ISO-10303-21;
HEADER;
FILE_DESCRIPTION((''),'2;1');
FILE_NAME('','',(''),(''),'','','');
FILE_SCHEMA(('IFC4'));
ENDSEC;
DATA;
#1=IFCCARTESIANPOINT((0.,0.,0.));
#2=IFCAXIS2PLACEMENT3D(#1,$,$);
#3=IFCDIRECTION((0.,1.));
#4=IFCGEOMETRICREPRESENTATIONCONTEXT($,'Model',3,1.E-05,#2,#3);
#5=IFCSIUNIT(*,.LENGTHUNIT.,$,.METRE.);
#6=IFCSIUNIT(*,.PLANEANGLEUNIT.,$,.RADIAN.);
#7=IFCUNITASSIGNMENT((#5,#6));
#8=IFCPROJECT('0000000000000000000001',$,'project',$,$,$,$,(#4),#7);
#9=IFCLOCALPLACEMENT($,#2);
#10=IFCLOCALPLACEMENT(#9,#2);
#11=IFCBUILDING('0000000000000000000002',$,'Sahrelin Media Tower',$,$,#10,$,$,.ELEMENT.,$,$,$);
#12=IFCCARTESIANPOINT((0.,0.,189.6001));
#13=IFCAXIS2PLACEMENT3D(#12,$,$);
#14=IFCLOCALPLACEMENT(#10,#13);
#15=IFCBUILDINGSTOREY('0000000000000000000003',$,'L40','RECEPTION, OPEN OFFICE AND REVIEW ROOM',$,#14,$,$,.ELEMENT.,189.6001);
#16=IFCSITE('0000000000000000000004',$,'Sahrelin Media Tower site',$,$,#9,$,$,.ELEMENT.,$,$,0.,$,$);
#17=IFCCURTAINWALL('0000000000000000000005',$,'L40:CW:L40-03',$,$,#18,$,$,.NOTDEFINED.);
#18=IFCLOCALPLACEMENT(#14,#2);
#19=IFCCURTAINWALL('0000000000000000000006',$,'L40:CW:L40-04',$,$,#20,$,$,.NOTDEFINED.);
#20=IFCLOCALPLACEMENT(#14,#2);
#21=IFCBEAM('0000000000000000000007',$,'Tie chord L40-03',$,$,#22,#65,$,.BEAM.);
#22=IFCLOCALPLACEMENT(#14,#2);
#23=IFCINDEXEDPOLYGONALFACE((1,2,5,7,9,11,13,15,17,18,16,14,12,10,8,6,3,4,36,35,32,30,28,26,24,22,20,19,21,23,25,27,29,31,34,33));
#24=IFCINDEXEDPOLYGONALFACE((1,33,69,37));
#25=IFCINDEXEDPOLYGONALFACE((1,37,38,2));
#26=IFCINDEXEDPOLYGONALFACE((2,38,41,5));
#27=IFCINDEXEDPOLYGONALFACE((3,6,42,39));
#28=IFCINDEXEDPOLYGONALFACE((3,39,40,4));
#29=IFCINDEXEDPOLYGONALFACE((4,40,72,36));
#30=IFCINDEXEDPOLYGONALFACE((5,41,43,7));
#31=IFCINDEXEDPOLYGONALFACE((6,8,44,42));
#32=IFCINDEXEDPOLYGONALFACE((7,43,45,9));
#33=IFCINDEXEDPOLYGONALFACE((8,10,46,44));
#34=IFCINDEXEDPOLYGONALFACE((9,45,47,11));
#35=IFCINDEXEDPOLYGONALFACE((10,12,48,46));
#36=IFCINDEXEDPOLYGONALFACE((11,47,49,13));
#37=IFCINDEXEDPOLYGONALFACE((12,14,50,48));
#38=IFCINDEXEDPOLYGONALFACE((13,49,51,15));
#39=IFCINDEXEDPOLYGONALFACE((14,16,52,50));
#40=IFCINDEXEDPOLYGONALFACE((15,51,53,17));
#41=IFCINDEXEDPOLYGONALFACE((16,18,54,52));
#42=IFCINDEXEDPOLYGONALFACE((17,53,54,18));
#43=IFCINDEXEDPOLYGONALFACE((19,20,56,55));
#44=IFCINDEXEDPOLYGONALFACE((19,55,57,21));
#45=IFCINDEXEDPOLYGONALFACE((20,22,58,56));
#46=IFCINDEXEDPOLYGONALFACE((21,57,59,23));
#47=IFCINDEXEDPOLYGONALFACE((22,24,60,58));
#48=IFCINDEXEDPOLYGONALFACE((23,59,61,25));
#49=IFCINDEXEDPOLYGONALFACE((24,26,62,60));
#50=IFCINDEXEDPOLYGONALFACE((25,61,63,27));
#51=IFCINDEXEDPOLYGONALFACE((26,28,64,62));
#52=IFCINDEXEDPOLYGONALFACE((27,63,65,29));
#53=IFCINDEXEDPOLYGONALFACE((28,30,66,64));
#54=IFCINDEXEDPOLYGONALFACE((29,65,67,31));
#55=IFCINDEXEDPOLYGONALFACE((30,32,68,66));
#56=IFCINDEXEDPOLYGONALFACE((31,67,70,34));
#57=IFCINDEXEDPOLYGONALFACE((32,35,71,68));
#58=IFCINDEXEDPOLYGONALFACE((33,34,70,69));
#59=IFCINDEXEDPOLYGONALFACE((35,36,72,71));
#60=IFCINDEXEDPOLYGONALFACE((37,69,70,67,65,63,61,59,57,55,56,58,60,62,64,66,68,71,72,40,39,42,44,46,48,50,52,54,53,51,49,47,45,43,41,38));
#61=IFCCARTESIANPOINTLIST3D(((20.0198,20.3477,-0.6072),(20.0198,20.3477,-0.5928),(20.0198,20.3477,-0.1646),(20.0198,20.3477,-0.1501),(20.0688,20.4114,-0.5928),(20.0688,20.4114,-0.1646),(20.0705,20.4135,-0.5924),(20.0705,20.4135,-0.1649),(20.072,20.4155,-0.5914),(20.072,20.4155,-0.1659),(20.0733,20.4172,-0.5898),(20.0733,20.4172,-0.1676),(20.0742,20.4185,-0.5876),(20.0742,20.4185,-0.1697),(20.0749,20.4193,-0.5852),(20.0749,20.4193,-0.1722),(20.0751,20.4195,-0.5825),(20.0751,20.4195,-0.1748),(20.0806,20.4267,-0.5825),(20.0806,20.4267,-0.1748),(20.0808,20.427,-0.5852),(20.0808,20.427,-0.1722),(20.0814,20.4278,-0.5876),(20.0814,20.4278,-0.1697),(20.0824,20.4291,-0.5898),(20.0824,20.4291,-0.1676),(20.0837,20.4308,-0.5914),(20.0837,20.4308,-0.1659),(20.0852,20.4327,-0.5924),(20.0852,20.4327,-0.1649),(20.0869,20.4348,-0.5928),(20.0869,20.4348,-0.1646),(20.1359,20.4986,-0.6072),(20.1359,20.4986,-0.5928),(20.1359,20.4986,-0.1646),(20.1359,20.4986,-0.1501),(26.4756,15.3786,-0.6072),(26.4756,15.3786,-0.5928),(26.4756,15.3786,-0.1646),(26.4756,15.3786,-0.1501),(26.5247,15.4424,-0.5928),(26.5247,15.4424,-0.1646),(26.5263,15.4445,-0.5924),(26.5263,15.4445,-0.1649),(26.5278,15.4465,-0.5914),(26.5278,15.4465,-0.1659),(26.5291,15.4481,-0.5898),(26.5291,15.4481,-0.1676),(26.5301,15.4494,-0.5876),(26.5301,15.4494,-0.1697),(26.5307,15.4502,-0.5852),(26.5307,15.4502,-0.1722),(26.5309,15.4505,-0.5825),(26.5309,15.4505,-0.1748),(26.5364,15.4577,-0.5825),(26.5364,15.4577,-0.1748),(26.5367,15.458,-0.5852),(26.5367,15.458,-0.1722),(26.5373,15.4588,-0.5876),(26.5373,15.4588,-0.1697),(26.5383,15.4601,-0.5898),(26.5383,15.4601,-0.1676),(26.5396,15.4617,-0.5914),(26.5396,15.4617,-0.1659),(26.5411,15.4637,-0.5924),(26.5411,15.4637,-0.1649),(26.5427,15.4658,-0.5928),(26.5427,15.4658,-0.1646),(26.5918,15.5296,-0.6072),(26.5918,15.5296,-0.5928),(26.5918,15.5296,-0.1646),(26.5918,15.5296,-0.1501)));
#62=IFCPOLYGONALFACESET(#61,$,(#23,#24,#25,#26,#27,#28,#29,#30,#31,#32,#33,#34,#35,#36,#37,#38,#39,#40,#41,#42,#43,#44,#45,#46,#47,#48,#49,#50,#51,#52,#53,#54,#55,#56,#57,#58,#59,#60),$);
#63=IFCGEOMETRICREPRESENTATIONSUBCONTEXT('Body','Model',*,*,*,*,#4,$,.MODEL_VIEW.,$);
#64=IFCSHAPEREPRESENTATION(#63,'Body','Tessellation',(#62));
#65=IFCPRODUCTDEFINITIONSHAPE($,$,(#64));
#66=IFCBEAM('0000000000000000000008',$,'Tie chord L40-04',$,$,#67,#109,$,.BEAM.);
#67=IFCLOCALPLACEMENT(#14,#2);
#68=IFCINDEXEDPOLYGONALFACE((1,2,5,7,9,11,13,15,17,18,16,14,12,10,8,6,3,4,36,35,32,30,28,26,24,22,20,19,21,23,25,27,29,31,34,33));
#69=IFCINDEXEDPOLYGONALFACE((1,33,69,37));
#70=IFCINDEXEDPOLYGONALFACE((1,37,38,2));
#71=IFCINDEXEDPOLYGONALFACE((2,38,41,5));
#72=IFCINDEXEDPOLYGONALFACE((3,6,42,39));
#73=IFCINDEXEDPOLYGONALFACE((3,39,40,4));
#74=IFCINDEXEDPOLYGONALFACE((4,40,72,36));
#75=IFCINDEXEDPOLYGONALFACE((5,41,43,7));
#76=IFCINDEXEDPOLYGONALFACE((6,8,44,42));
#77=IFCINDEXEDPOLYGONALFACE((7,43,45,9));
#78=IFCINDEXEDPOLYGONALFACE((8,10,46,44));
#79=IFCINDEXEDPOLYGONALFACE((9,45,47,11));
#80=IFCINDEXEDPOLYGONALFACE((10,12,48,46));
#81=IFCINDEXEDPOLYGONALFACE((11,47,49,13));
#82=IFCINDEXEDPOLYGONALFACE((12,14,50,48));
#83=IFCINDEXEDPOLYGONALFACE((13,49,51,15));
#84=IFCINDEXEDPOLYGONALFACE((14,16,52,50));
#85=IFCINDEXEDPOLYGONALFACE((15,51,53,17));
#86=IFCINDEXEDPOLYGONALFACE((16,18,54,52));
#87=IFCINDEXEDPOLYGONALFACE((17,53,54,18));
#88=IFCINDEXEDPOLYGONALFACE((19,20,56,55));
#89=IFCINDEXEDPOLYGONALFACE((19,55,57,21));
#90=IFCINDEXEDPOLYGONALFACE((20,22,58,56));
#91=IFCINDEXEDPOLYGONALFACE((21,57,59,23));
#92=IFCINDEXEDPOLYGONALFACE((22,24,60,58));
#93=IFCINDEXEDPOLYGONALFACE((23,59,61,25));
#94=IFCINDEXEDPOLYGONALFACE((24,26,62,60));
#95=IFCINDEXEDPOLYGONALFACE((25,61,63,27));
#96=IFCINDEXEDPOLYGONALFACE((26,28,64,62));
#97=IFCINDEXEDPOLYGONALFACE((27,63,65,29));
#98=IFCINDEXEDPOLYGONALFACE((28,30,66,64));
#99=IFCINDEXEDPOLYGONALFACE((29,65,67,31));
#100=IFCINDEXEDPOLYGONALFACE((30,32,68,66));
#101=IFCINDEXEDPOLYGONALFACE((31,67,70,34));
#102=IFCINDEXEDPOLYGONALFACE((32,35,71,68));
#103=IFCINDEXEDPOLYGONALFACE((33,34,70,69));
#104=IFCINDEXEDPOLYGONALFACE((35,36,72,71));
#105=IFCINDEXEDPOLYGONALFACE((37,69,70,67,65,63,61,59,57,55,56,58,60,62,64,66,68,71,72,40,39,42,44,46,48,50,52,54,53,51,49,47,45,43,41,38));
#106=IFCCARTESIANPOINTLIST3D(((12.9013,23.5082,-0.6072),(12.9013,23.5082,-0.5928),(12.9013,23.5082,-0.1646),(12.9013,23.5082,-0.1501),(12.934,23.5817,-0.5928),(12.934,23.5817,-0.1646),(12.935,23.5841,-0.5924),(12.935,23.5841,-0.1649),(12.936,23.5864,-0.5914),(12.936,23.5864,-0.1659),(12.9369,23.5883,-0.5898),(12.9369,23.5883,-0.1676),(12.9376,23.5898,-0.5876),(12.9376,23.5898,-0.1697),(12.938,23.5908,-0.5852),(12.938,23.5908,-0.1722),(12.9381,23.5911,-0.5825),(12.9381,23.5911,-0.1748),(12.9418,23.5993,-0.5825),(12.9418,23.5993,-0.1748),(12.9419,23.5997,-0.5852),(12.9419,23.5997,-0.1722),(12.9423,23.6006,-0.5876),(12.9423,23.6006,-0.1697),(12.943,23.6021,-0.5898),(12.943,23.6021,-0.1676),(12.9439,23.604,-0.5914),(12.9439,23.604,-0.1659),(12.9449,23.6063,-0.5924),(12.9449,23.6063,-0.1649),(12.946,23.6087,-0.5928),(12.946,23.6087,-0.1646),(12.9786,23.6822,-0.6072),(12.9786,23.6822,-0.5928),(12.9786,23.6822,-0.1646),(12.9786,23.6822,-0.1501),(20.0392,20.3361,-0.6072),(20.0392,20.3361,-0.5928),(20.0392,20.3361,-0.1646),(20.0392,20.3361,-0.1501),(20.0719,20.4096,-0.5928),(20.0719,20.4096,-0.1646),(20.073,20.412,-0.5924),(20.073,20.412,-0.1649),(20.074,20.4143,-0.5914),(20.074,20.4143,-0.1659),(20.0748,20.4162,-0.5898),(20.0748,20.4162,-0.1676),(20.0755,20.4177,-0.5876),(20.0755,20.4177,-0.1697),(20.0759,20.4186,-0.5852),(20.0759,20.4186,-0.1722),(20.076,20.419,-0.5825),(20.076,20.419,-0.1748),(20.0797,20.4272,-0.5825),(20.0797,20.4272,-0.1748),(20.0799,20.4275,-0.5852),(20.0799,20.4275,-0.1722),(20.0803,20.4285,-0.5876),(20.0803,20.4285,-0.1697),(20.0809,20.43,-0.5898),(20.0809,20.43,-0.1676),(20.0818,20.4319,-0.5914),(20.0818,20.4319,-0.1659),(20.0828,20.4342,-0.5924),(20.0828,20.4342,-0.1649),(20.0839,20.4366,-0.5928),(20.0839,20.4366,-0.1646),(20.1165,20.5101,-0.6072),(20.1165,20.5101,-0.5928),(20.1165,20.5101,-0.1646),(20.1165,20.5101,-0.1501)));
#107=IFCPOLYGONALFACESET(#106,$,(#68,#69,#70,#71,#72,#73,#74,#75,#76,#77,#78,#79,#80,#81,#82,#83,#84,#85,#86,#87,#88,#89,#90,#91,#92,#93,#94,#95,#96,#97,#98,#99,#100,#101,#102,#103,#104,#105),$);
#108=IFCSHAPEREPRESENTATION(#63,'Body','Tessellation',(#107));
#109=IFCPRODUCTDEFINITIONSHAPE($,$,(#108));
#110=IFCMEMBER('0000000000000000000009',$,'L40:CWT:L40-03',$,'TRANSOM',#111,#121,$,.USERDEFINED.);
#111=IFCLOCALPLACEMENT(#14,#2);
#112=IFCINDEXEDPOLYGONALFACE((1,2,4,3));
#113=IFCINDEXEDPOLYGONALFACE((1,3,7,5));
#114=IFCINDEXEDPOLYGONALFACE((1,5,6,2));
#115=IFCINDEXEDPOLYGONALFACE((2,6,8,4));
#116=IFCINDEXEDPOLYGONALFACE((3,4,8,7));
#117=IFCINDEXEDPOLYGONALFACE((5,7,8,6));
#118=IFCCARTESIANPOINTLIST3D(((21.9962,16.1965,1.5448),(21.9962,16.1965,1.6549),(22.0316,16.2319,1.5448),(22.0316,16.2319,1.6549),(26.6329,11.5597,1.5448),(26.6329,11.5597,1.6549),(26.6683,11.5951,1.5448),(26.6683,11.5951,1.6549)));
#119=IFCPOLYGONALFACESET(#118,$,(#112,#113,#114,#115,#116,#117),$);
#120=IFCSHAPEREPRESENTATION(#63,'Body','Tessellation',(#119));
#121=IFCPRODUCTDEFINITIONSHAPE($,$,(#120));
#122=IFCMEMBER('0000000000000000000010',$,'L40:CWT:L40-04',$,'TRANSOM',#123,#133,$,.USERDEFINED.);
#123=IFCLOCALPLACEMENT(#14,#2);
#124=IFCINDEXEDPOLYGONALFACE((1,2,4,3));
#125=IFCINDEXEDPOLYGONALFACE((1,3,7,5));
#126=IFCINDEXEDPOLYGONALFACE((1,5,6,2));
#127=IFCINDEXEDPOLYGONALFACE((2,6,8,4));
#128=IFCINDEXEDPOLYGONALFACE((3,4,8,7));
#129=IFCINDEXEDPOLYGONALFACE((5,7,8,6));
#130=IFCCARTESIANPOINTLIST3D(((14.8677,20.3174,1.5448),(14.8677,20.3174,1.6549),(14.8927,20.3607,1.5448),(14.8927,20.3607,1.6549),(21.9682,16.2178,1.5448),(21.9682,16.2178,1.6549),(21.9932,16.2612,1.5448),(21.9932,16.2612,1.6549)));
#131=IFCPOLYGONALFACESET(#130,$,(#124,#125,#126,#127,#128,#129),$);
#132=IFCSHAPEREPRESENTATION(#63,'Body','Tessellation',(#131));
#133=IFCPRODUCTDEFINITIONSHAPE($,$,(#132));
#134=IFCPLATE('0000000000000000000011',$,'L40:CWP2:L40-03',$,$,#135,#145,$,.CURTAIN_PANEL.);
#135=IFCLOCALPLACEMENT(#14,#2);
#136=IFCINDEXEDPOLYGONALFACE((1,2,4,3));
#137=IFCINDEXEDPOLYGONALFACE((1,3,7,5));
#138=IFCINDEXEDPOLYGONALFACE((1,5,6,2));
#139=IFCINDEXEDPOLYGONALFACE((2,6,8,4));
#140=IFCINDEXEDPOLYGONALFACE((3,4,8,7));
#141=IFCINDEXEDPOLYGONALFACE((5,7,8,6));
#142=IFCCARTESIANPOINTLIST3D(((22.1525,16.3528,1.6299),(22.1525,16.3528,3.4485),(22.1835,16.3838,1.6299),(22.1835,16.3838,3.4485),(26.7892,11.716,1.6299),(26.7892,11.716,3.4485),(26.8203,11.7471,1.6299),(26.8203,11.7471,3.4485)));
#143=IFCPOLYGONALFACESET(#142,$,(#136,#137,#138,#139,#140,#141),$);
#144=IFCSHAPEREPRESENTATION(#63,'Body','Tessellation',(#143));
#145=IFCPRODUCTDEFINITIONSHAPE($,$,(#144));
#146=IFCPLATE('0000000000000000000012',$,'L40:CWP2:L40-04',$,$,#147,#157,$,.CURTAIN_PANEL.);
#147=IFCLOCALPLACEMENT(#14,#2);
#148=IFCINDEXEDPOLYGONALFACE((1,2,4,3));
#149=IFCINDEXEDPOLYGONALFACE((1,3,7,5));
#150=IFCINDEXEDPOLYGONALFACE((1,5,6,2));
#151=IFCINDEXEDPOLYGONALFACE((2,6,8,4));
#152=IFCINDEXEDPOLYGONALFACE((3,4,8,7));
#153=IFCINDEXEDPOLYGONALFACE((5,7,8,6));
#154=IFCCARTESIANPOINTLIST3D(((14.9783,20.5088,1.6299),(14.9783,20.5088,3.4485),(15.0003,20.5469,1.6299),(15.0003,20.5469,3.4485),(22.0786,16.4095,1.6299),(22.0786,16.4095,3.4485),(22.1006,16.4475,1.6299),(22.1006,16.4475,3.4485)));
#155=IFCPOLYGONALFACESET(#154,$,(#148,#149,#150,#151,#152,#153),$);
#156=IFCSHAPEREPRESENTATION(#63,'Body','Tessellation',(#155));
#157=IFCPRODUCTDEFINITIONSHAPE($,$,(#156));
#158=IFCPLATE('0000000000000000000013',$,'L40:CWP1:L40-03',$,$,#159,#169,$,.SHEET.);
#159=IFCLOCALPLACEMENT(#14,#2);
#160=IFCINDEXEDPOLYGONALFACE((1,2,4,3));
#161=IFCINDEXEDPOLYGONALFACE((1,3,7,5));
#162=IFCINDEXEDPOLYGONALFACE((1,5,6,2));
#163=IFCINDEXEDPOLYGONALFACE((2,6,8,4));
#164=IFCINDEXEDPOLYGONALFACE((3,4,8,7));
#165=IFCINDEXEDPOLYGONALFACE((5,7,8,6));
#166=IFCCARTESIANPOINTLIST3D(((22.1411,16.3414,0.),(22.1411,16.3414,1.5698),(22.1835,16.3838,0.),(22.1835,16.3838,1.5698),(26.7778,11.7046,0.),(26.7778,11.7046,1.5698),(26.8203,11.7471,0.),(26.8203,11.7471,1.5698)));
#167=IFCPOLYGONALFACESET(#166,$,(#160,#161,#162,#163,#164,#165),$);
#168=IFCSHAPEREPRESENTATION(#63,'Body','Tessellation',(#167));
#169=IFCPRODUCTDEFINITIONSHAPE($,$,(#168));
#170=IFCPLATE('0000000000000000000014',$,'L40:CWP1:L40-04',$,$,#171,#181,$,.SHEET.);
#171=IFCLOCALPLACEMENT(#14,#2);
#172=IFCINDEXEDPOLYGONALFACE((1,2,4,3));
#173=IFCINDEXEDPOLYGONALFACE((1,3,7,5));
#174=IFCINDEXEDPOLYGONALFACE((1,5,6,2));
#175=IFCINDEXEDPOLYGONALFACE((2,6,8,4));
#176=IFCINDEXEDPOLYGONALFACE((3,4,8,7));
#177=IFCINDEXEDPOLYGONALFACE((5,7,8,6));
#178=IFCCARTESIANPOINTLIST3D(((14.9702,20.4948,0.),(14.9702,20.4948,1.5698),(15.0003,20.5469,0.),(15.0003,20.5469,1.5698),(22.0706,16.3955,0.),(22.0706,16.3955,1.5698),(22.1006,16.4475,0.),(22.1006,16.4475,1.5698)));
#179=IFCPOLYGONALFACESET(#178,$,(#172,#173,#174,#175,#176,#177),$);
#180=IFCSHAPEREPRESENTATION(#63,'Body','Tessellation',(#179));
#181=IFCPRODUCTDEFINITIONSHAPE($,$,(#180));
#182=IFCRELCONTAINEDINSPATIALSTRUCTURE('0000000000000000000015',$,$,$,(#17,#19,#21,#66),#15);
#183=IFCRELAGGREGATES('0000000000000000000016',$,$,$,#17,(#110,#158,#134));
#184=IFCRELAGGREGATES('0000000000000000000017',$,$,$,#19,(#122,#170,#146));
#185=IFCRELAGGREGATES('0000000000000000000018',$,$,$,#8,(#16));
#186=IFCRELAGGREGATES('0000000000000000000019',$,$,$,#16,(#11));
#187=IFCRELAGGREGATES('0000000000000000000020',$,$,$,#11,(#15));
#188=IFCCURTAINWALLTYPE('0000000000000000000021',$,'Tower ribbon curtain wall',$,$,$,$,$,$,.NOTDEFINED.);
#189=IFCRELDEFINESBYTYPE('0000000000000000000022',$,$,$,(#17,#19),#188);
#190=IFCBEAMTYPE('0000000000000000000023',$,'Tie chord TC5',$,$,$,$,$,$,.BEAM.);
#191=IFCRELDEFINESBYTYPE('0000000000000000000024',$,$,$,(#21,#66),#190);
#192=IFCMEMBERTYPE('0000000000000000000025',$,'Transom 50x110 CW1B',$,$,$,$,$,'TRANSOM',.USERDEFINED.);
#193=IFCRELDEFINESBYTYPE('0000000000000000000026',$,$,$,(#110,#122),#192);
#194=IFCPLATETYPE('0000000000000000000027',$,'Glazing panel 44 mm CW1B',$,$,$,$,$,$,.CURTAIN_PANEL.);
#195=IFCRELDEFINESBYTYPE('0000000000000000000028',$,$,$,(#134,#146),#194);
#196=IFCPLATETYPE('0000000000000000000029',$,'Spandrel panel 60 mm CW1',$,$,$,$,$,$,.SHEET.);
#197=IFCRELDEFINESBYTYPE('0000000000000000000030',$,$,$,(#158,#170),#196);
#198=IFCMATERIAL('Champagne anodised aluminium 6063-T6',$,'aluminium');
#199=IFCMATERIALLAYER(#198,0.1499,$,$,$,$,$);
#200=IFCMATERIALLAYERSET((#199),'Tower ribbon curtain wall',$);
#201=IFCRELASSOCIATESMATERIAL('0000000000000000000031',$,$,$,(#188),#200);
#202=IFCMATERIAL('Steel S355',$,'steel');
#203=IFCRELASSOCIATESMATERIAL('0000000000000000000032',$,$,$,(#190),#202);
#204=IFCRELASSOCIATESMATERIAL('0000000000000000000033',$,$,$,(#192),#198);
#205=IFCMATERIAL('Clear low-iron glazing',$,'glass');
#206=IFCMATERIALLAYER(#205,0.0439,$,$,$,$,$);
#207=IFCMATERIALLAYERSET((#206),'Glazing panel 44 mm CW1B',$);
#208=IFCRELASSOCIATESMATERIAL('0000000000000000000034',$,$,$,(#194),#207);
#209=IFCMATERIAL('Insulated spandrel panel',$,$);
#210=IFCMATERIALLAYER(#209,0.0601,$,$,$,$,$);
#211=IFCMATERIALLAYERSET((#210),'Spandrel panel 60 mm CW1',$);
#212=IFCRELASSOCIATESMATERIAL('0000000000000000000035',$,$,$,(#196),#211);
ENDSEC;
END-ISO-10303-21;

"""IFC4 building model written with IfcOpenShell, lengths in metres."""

from ifc_helpers import new_model, si_unit, direction, frame, origin, origin_2d, place, context, subcontext, project, spatial, polyline, rectangle, i_section, outline, extrude, material, layer, layer_set, material_profile, profile_set, type_object, element, aggregate, save


model = new_model("IFC4")

# Units and contexts
model_context = context("Model", 3, precision=1e-05, world=origin(), true_north=direction((0.0, 1.0)))
body_context = subcontext(model_context, "Body", "Model", "MODEL_VIEW")
ifc_project = project(units=[si_unit("LENGTHUNIT", "METRE"), si_unit("PLANEANGLEUNIT", "RADIAN")], contexts=[model_context])

# Site, building, storey
site_placement = place(None, origin())
site = spatial("IfcSite", under=ifc_project, at=site_placement, Name="Sahrelin Media Tower site", CompositionType="ELEMENT", RefElevation=0.0)
building_placement = place(site_placement, origin())
building = spatial("IfcBuilding", under=site, at=building_placement, Name="Sahrelin Media Tower", CompositionType="ELEMENT")
storey_placement = place(building_placement, frame((0.0, 0.0, 189.6001)))
storey = spatial("IfcBuildingStorey", under=building, at=storey_placement, Name="L40", Description="RECEPTION, OPEN OFFICE AND REVIEW ROOM", CompositionType="ELEMENT", Elevation=189.6001)

# Shared definitions
ifc_material_1 = material(Name="Steel S355", Category="steel")

# Curtain walls
ifc_material_2 = material(Name="Champagne anodised aluminium 6063-T6", Category="aluminium")
ifc_layer_1 = layer(ifc_material_2, 0.1499)
ifc_layer_set_1 = layer_set([ifc_layer_1], Name="Tower ribbon curtain wall")
curtain_wall_type = type_object("IfcCurtainWallType", Name="Tower ribbon curtain wall", PredefinedType="NOTDEFINED", material=ifc_layer_set_1)
curtain_wall_1_placement = place(storey_placement, frame((24.4878, 14.0513, 0.0), z_axis=(0.0, 0.0, 1.0), x_axis=(1.0, 0.0, 0.0)))
curtain_wall_1 = element("IfcCurtainWall", 1, at=curtain_wall_1_placement, inside=storey, type_object=curtain_wall_type, Name="L40:CW:L40-03", PredefinedType="NOTDEFINED")
curtain_wall_2_placement = place(storey_placement, frame((18.5403, 18.4797, 0.0), z_axis=(0.0, 0.0, 1.0), x_axis=(1.0, 0.0, 0.0)))
curtain_wall_2 = element("IfcCurtainWall", 2, at=curtain_wall_2_placement, inside=storey, type_object=curtain_wall_type, Name="L40:CW:L40-04", PredefinedType="NOTDEFINED")

# Beams
ifc_material_profile_1 = material_profile(ifc_material_1, i_section(OverallWidth=0.1904, OverallDepth=0.457, WebThickness=0.009, FlangeThickness=0.0144, FilletRadius=0.0103, at=origin_2d()), Name="UB 457x191x74")
ifc_profile_set_1 = profile_set([ifc_material_profile_1], Name="Steel S355")
beam_type_1 = type_object("IfcBeamType", Name="Tie chord TC5", PredefinedType="BEAM", material=ifc_profile_set_1)
beam_1_placement = place(storey_placement, frame((26.5337, 15.4541, -0.3787), z_axis=(-0.792447, 0.609941, 0.0), x_axis=(-0.609941, -0.792447, 0.0)))
element("IfcBeam", 3, at=beam_1_placement, inside=storey, type_object=beam_type_1, Name="Tie chord L40-03", PredefinedType="BEAM", context=body_context, shape_type="SweptSolid", body=[
    extrude(i_section(OverallWidth=0.1904, OverallDepth=0.457, WebThickness=0.009, FlangeThickness=0.0144, FilletRadius=0.0103, at=origin_2d()), origin(), (0.0, 0.0, 1.0), 8.1467),
])
beam_2_placement = place(storey_placement, frame((20.0779, 20.4231, -0.3787), z_axis=(-0.913826, 0.406107, 0.0), x_axis=(-0.406107, -0.913826, 0.0)))
element("IfcBeam", 4, at=beam_2_placement, inside=storey, type_object=beam_type_1, Name="Tie chord L40-04", PredefinedType="BEAM", context=body_context, shape_type="SweptSolid", body=[
    extrude(i_section(OverallWidth=0.1904, OverallDepth=0.457, WebThickness=0.009, FlangeThickness=0.0144, FilletRadius=0.0103, at=origin_2d()), origin(), (0.0, 0.0, 1.0), 7.811),
])

# Members
ifc_material_profile_2 = material_profile(ifc_material_2, rectangle(XDim=0.05, YDim=0.1101, at=origin_2d()), Name="Transom 50x110")
ifc_profile_set_2 = profile_set([ifc_material_profile_2], Name="Champagne anodised aluminium 6063-T6")
member_type_1 = type_object("IfcMemberType", Name="Transom 50x110 CW1B", ElementType="TRANSOM", PredefinedType="USERDEFINED", material=ifc_profile_set_2)
member_1_placement = place(storey_placement, frame((26.6506, 11.5774, 1.5999), z_axis=(-0.707107, 0.707107, 0.0), x_axis=(-0.707107, -0.707107, 0.0)))
member_1 = element("IfcMember", 5, at=member_1_placement, type_object=member_type_1, Name="L40:CWT:L40-03", ObjectType="TRANSOM", PredefinedType="USERDEFINED", context=body_context, shape_type="SweptSolid", body=[
    extrude(rectangle(XDim=0.05, YDim=0.1101, at=origin_2d()), origin(), (0.0, 0.0, 1.0), 6.5574),
])
member_2_placement = place(storey_placement, frame((21.9807, 16.2395, 1.5999), z_axis=(-0.866021, 0.500008, 0.0), x_axis=(-0.500008, -0.866021, 0.0)))
member_2 = element("IfcMember", 6, at=member_2_placement, type_object=member_type_1, Name="L40:CWT:L40-04", ObjectType="TRANSOM", PredefinedType="USERDEFINED", context=body_context, shape_type="SweptSolid", body=[
    extrude(rectangle(XDim=0.05, YDim=0.1101, at=origin_2d()), origin(), (0.0, 0.0, 1.0), 8.199),
])

# Plates
ifc_material_3 = material(Name="Clear low-iron glazing", Category="glass")
ifc_layer_2 = layer(ifc_material_3, 0.0439)
ifc_layer_set_2 = layer_set([ifc_layer_2], Name="Glazing panel 44 mm CW1B")
plate_type_1 = type_object("IfcPlateType", Name="Glazing panel 44 mm CW1B", PredefinedType="CURTAIN_PANEL", material=ifc_layer_set_2)
plate_1_placement = place(storey_placement, frame((26.8203, 11.7471, 1.6299), z_axis=(0.707107, 0.707107, 0.0), x_axis=(-0.707107, 0.707107, 0.0)))
plate_1 = element("IfcPlate", 7, at=plate_1_placement, type_object=plate_type_1, Name="L40:CWP2:L40-03", PredefinedType="CURTAIN_PANEL", context=body_context, shape_type="SweptSolid", body=[
    extrude(outline(polyline([(0.0, 0.0), (6.5574, 0.0), (6.5574, 1.8186), (0.0, 1.8186), (0.0, 0.0)])), origin(), (0.0, 0.0, -1.0), 0.0439),
])
plate_2_placement = place(storey_placement, frame((22.1006, 16.4475, 1.6299), z_axis=(0.499998, 0.866026, 0.0), x_axis=(-0.866026, 0.499998, 0.0)))
plate_2 = element("IfcPlate", 8, at=plate_2_placement, type_object=plate_type_1, Name="L40:CWP2:L40-04", PredefinedType="CURTAIN_PANEL", context=body_context, shape_type="SweptSolid", body=[
    extrude(outline(polyline([(0.0, 0.0), (8.1987, 0.0), (8.1987, 1.8186), (0.0, 1.8186), (0.0, 0.0)])), origin(), (0.0, 0.0, -1.0), 0.0439),
])
ifc_material_4 = material(Name="Insulated spandrel panel")
ifc_layer_3 = layer(ifc_material_4, 0.0601)
ifc_layer_set_3 = layer_set([ifc_layer_3], Name="Spandrel panel 60 mm CW1")
plate_type_2 = type_object("IfcPlateType", Name="Spandrel panel 60 mm CW1", PredefinedType="SHEET", material=ifc_layer_set_3)
plate_3_placement = place(storey_placement, frame((26.8203, 11.7471, 0.0), z_axis=(0.707107, 0.707107, 0.0), x_axis=(-0.707107, 0.707107, 0.0)))
plate_3 = element("IfcPlate", 9, at=plate_3_placement, type_object=plate_type_2, Name="L40:CWP1:L40-03", PredefinedType="SHEET", context=body_context, shape_type="SweptSolid", body=[
    extrude(outline(polyline([(0.0, 0.0), (6.5574, 0.0), (6.5574, 1.5698), (0.0, 1.5698), (0.0, 0.0)])), origin(), (0.0, 0.0, -1.0), 0.0601),
])
aggregate(curtain_wall_1, [member_1, plate_3, plate_1])
plate_4_placement = place(storey_placement, frame((22.1006, 16.4475, 0.0), z_axis=(0.499998, 0.866026, 0.0), x_axis=(-0.866026, 0.499998, 0.0)))
plate_4 = element("IfcPlate", 10, at=plate_4_placement, type_object=plate_type_2, Name="L40:CWP1:L40-04", PredefinedType="SHEET", context=body_context, shape_type="SweptSolid", body=[
    extrude(outline(polyline([(0.0, 0.0), (8.1987, 0.0), (8.1987, 1.5698), (0.0, 1.5698), (0.0, 0.0)])), origin(), (0.0, 0.0, -1.0), 0.0601),
])
aggregate(curtain_wall_2, [member_2, plate_4, plate_2])

save(model, "model.ifc")
